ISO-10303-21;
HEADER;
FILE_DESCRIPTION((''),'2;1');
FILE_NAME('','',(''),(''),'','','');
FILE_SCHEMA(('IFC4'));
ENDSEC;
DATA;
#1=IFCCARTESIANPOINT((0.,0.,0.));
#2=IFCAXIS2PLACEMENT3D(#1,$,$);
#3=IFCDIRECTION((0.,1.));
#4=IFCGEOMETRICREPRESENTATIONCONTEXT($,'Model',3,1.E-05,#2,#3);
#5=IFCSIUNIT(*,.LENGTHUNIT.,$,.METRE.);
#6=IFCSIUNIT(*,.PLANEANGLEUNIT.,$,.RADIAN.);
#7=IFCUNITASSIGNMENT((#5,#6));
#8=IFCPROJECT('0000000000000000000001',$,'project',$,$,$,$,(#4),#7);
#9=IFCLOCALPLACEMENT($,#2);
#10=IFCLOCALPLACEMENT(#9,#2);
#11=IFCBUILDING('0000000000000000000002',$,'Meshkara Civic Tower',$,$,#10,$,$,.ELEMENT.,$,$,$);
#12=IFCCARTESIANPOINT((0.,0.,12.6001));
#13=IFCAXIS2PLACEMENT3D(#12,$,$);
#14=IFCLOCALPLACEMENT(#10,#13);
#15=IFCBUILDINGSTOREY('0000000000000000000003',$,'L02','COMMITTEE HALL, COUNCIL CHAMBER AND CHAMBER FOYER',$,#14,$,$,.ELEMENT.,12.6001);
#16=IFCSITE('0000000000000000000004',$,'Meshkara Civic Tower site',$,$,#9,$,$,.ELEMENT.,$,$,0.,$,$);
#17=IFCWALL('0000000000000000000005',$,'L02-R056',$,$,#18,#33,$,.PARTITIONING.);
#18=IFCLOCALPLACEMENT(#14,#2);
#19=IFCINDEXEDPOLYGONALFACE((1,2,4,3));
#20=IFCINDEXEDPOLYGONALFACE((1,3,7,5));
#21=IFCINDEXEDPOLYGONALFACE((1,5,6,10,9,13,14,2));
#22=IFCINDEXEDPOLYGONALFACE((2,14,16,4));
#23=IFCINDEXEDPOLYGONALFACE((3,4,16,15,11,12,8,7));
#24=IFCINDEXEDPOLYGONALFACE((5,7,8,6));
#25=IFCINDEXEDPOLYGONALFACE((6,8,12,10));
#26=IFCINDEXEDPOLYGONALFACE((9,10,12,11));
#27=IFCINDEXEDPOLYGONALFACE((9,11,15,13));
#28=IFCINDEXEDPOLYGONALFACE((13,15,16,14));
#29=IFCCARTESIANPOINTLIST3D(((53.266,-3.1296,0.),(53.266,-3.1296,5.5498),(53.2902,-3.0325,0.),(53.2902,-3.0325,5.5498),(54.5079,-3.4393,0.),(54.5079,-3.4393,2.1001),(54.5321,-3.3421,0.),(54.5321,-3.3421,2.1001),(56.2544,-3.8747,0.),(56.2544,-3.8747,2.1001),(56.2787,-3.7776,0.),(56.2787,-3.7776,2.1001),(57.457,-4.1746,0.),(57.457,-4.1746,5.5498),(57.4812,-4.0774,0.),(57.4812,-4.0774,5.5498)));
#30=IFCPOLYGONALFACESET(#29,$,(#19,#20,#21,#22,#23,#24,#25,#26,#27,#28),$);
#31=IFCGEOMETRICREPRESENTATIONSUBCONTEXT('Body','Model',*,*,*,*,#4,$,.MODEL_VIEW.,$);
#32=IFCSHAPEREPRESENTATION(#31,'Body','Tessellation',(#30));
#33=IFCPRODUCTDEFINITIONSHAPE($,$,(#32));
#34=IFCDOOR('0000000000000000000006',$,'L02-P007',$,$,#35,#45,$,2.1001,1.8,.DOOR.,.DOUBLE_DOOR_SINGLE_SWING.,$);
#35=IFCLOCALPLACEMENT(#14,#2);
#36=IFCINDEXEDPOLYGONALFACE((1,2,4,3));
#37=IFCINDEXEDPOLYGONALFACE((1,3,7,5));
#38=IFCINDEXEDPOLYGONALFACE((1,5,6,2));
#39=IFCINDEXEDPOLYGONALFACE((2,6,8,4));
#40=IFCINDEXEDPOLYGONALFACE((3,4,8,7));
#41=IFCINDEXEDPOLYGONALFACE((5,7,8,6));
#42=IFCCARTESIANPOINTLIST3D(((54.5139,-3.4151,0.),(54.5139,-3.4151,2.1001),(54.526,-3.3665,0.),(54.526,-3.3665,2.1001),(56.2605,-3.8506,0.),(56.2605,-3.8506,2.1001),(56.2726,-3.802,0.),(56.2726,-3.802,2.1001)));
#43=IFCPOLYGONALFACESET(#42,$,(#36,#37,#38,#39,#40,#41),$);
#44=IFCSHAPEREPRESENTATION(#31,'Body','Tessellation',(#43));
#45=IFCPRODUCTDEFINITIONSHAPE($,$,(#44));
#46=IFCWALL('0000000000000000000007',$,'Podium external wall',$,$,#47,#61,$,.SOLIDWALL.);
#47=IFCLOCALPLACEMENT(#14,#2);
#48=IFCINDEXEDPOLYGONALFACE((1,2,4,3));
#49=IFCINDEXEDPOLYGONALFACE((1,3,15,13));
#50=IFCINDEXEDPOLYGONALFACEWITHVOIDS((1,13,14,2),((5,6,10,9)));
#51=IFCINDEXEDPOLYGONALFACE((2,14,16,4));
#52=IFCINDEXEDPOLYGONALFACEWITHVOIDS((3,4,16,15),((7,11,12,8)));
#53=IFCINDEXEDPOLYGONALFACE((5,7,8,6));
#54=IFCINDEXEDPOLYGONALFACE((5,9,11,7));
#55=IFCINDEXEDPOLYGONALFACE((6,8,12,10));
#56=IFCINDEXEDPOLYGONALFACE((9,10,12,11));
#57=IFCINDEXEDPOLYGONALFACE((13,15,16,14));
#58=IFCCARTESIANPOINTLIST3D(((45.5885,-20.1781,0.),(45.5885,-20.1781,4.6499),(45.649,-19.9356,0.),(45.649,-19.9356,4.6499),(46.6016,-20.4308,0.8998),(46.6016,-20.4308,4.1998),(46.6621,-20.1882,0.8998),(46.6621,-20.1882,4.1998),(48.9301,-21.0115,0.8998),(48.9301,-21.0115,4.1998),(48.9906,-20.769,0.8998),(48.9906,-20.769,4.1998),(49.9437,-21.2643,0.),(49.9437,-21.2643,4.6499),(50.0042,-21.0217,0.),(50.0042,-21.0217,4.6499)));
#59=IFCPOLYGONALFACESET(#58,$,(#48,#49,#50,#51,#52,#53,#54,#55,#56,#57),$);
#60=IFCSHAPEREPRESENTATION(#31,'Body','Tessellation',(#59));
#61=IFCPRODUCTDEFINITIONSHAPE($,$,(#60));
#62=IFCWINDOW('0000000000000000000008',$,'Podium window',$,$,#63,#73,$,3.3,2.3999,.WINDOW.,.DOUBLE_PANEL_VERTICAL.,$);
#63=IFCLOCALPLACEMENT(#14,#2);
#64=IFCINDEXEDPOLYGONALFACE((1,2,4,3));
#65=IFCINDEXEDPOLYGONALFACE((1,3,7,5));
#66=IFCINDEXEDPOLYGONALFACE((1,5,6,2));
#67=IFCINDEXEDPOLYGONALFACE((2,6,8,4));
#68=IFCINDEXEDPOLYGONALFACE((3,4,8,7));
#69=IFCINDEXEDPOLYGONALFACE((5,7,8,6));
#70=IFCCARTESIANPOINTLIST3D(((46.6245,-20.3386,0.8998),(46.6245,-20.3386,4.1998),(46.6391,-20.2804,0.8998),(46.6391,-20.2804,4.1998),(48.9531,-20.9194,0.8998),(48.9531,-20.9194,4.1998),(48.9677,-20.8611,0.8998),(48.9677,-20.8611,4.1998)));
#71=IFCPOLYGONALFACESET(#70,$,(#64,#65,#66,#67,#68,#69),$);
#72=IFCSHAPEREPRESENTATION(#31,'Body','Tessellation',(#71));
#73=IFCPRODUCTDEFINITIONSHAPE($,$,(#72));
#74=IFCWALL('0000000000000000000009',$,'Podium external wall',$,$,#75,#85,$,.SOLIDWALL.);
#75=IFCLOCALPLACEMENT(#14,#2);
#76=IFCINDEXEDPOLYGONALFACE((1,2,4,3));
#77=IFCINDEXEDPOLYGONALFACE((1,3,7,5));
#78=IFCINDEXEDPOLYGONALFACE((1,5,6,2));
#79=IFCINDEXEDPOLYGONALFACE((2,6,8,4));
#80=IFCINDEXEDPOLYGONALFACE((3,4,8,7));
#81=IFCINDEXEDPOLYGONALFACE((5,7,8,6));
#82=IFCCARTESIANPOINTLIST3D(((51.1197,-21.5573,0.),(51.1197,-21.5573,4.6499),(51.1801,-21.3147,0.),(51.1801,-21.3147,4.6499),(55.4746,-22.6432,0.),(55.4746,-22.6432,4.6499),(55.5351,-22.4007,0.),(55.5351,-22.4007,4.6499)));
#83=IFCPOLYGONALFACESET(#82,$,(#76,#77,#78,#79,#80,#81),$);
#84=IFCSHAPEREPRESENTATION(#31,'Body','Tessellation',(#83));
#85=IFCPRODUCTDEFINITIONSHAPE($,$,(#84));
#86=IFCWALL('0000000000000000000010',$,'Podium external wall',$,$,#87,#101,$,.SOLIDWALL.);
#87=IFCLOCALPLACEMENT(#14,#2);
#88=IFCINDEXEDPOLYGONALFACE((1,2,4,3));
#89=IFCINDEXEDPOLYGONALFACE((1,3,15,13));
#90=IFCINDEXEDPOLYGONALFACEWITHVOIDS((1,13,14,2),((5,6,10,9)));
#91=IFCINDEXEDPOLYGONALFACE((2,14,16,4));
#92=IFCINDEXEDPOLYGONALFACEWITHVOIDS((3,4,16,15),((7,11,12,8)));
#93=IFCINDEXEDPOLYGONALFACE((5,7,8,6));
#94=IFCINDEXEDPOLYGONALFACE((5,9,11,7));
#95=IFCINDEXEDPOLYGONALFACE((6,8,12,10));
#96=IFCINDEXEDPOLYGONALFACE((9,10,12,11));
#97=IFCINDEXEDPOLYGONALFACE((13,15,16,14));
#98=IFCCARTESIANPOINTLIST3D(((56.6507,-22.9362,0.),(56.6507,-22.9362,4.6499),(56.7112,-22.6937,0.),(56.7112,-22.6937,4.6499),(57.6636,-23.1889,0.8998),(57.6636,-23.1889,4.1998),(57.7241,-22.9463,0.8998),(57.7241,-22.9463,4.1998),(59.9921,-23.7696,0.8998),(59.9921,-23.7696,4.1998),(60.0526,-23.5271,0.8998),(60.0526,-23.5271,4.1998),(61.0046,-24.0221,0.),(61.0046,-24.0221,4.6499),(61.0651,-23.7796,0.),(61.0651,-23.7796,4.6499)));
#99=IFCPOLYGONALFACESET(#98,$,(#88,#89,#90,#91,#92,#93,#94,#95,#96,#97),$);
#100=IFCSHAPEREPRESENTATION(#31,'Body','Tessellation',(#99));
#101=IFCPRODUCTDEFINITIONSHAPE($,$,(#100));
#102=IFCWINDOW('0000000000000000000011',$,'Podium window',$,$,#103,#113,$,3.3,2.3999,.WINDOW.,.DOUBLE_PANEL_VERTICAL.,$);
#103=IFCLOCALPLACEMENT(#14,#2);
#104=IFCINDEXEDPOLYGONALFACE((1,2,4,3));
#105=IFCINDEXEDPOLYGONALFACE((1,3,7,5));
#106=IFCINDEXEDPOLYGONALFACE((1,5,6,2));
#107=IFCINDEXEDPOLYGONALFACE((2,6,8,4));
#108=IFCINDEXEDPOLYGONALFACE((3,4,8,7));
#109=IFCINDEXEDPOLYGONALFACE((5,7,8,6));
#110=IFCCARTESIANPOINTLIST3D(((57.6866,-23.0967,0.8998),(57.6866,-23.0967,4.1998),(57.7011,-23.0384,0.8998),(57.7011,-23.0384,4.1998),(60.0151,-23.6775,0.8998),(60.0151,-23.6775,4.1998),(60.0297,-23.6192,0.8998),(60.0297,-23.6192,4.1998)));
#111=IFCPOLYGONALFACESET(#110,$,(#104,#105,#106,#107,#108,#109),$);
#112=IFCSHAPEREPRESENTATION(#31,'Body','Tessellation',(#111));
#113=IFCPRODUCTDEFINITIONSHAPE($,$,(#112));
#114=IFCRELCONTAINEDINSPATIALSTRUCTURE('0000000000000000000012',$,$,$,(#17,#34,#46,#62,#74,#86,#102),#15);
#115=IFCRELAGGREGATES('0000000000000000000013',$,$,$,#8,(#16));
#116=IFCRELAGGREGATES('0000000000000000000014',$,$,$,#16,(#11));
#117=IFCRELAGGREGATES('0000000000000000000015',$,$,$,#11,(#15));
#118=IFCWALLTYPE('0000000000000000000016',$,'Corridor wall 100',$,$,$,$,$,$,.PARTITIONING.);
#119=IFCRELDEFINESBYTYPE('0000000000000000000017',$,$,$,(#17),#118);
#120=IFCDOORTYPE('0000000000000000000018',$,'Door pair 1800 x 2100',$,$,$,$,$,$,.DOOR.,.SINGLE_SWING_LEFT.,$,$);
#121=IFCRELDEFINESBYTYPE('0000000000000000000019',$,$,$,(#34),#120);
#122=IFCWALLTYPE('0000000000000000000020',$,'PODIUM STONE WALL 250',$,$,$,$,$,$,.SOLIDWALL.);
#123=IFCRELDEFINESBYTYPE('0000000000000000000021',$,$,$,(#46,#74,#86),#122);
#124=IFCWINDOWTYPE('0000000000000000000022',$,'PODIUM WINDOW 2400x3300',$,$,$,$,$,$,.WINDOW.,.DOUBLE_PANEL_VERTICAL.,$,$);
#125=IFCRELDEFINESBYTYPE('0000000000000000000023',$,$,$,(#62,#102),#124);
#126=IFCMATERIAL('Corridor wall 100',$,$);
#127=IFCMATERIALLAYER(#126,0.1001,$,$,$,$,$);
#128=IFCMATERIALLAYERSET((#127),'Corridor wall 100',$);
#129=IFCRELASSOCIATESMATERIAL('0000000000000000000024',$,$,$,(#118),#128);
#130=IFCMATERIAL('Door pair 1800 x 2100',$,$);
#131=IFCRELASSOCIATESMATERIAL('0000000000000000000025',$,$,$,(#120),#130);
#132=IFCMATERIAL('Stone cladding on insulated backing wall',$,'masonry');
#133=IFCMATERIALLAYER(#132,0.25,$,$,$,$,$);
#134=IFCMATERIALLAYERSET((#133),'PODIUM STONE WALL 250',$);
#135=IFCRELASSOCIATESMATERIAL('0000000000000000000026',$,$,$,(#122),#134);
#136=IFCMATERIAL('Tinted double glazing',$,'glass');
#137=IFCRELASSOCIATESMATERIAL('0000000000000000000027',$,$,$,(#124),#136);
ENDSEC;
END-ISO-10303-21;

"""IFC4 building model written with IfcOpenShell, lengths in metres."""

from ifc_helpers import new_model, si_unit, direction, frame, frame_2d, origin, place, context, subcontext, project, spatial, rectangle, extrude, material, layer, layer_set, type_object, element, fill, save


model = new_model("IFC4")

# Units and contexts
model_context = context("Model", 3, precision=1e-05, world=origin(), true_north=direction((0.0, 1.0)))
body_context = subcontext(model_context, "Body", "Model", "MODEL_VIEW")
ifc_project = project(units=[si_unit("LENGTHUNIT", "METRE"), si_unit("PLANEANGLEUNIT", "RADIAN")], contexts=[model_context])

# Site, building, storey
site_placement = place(None, origin())
site = spatial("IfcSite", under=ifc_project, at=site_placement, Name="Meshkara Civic Tower site", CompositionType="ELEMENT", RefElevation=0.0)
building_placement = place(site_placement, origin())
building = spatial("IfcBuilding", under=site, at=building_placement, Name="Meshkara Civic Tower", CompositionType="ELEMENT")
storey_placement = place(building_placement, frame((0.0, 0.0, 12.6001)))
storey = spatial("IfcBuildingStorey", under=building, at=storey_placement, Name="L02", Description="COMMITTEE HALL, COUNCIL CHAMBER AND CHAMBER FOYER", CompositionType="ELEMENT", Elevation=12.6001)

# Wall, opening, door
ifc_material_1 = material(Name="Corridor wall 100")
ifc_layer_1 = layer(ifc_material_1, 0.1001)
ifc_layer_set_1 = layer_set([ifc_layer_1], Name="Corridor wall 100")
wall_type_1 = type_object("IfcWallType", Name="Corridor wall 100", PredefinedType="PARTITIONING", material=ifc_layer_set_1)
wall_1_placement = place(storey_placement, frame((53.2781, -3.0811, 0.0), z_axis=(0.0, 0.0, 1.0), x_axis=(0.970295, -0.241924, 0.0)))
wall_1 = element("IfcWall", 1, at=wall_1_placement, inside=storey, type_object=wall_type_1, Name="L02-R056", PredefinedType="PARTITIONING", context=body_context, shape_type="SweptSolid", body=[
    extrude(rectangle(XDim=4.3193, YDim=0.1001, at=frame_2d((2.1597, 0.0))), origin(), (0.0, 0.0, 1.0), 5.5498),
])
opening_1_placement = place(wall_1_placement, frame((1.28, 0.0, 0.0)))
opening_1 = element("IfcOpeningElement", 2, at=opening_1_placement, cuts=wall_1, PredefinedType="OPENING", context=body_context, shape_type="SweptSolid", body=[
    extrude(rectangle(XDim=1.8, YDim=2.1001, at=frame_2d((0.8999, 1.05))), frame((0.0, 0.0601, 0.0), z_axis=(0.0, -1.0, 0.0), x_axis=(1.0, 0.0, 0.0)), (0.0, 0.0, 1.0), 0.1201),
])
ifc_material_2 = material(Name="Door pair 1800 x 2100")
door_type_1 = type_object("IfcDoorType", Name="Door pair 1800 x 2100", OperationType="SINGLE_SWING_LEFT", PredefinedType="DOOR", material=ifc_material_2)
door_1_placement = place(opening_1_placement, origin())
door_1 = element("IfcDoor", 3, at=door_1_placement, inside=storey, type_object=door_type_1, Name="L02-P007", OperationType="DOUBLE_DOOR_SINGLE_SWING", OverallHeight=2.1001, OverallWidth=1.8, PredefinedType="DOOR", context=body_context, shape_type="SweptSolid", body=[
    extrude(rectangle(XDim=1.8, YDim=2.1001, at=frame_2d((0.8999, 1.05))), frame((0.0, 0.0249, 0.0), z_axis=(0.0, -1.0, 0.0), x_axis=(1.0, 0.0, 0.0)), (0.0, 0.0, 1.0), 0.05),
])
fill(opening_1, door_1)

# Wall, opening, window
ifc_material_3 = material(Name="Stone cladding on insulated backing wall", Category="masonry")
ifc_layer_2 = layer(ifc_material_3, 0.25)
ifc_layer_set_2 = layer_set([ifc_layer_2], Name="PODIUM STONE WALL 250")
wall_type_2 = type_object("IfcWallType", Name="PODIUM STONE WALL 250", PredefinedType="SOLIDWALL", material=ifc_layer_set_2)
wall_2_placement = place(storey_placement, frame((45.6189, -20.0569, 0.0), z_axis=(0.0, 0.0, 1.0), x_axis=(0.97028, -0.241985, 0.0)))
wall_2 = element("IfcWall", 4, at=wall_2_placement, inside=storey, type_object=wall_type_2, Name="Podium external wall", PredefinedType="SOLIDWALL", context=body_context, shape_type="SweptSolid", body=[
    extrude(rectangle(XDim=4.4885, YDim=0.25, at=frame_2d((2.2441, 0.0))), origin(), (0.0, 0.0, 1.0), 4.6499),
])
opening_2_placement = place(wall_2_placement, frame((1.0439, 0.0, 0.8999)))
opening_2 = element("IfcOpeningElement", 5, at=opening_2_placement, cuts=wall_2, PredefinedType="OPENING", context=body_context, shape_type="SweptSolid", body=[
    extrude(rectangle(XDim=2.3999, YDim=3.3, at=frame_2d((1.2, 1.6499))), frame((0.0, 0.135, 0.0), z_axis=(0.0, -1.0, 0.0), x_axis=(1.0, 0.0, 0.0)), (0.0, 0.0, 1.0), 0.27),
])
ifc_material_4 = material(Name="Tinted double glazing", Category="glass")
window_type = type_object("IfcWindowType", Name="PODIUM WINDOW 2400x3300", PartitioningType="DOUBLE_PANEL_VERTICAL", PredefinedType="WINDOW", material=ifc_material_4)
window_1_placement = place(opening_2_placement, origin())
window_1 = element("IfcWindow", 6, at=window_1_placement, inside=storey, type_object=window_type, Name="Podium window", OverallHeight=3.3, OverallWidth=2.3999, PartitioningType="DOUBLE_PANEL_VERTICAL", PredefinedType="WINDOW", context=body_context, shape_type="SweptSolid", body=[
    extrude(rectangle(XDim=2.3999, YDim=3.3, at=frame_2d((1.2, 1.6499))), frame((0.0, 0.03, 0.0), z_axis=(0.0, -1.0, 0.0), x_axis=(1.0, 0.0, 0.0)), (0.0, 0.0, 1.0), 0.0601),
])
fill(opening_2, window_1)

# Wall
wall_3_placement = place(storey_placement, frame((51.1499, -21.436, 0.0), z_axis=(0.0, 0.0, 1.0), x_axis=(0.97029, -0.241947, 0.0)))
element("IfcWall", 7, at=wall_3_placement, inside=storey, type_object=wall_type_2, Name="Podium external wall", PredefinedType="SOLIDWALL", context=body_context, shape_type="SweptSolid", body=[
    extrude(rectangle(XDim=4.4883, YDim=0.25, at=frame_2d((2.2441, 0.0))), origin(), (0.0, 0.0, 1.0), 4.6499),
])

# Wall, opening, window
wall_4_placement = place(storey_placement, frame((56.6809, -22.8149, 0.0), z_axis=(0.0, 0.0, 1.0), x_axis=(0.970277, -0.241998, 0.0)))
wall_4 = element("IfcWall", 8, at=wall_4_placement, inside=storey, type_object=wall_type_2, Name="Podium external wall", PredefinedType="SOLIDWALL", context=body_context, shape_type="SweptSolid", body=[
    extrude(rectangle(XDim=4.4873, YDim=0.25, at=frame_2d((2.2437, 0.0))), origin(), (0.0, 0.0, 1.0), 4.6499),
])
opening_3_placement = place(wall_4_placement, frame((1.0439, 0.0, 0.8999)))
opening_3 = element("IfcOpeningElement", 9, at=opening_3_placement, cuts=wall_4, PredefinedType="OPENING", context=body_context, shape_type="SweptSolid", body=[
    extrude(rectangle(XDim=2.3999, YDim=3.3, at=frame_2d((1.2, 1.6499))), frame((0.0, 0.135, 0.0), z_axis=(0.0, -1.0, 0.0), x_axis=(1.0, 0.0, 0.0)), (0.0, 0.0, 1.0), 0.27),
])
window_2_placement = place(opening_3_placement, origin())
window_2 = element("IfcWindow", 10, at=window_2_placement, inside=storey, type_object=window_type, Name="Podium window", OverallHeight=3.3, OverallWidth=2.3999, PartitioningType="DOUBLE_PANEL_VERTICAL", PredefinedType="WINDOW", context=body_context, shape_type="SweptSolid", body=[
    extrude(rectangle(XDim=2.3999, YDim=3.3, at=frame_2d((1.2, 1.6499))), frame((0.0, 0.03, 0.0), z_axis=(0.0, -1.0, 0.0), x_axis=(1.0, 0.0, 0.0)), (0.0, 0.0, 1.0), 0.0601),
])
fill(opening_3, window_2)

save(model, "model.ifc")
